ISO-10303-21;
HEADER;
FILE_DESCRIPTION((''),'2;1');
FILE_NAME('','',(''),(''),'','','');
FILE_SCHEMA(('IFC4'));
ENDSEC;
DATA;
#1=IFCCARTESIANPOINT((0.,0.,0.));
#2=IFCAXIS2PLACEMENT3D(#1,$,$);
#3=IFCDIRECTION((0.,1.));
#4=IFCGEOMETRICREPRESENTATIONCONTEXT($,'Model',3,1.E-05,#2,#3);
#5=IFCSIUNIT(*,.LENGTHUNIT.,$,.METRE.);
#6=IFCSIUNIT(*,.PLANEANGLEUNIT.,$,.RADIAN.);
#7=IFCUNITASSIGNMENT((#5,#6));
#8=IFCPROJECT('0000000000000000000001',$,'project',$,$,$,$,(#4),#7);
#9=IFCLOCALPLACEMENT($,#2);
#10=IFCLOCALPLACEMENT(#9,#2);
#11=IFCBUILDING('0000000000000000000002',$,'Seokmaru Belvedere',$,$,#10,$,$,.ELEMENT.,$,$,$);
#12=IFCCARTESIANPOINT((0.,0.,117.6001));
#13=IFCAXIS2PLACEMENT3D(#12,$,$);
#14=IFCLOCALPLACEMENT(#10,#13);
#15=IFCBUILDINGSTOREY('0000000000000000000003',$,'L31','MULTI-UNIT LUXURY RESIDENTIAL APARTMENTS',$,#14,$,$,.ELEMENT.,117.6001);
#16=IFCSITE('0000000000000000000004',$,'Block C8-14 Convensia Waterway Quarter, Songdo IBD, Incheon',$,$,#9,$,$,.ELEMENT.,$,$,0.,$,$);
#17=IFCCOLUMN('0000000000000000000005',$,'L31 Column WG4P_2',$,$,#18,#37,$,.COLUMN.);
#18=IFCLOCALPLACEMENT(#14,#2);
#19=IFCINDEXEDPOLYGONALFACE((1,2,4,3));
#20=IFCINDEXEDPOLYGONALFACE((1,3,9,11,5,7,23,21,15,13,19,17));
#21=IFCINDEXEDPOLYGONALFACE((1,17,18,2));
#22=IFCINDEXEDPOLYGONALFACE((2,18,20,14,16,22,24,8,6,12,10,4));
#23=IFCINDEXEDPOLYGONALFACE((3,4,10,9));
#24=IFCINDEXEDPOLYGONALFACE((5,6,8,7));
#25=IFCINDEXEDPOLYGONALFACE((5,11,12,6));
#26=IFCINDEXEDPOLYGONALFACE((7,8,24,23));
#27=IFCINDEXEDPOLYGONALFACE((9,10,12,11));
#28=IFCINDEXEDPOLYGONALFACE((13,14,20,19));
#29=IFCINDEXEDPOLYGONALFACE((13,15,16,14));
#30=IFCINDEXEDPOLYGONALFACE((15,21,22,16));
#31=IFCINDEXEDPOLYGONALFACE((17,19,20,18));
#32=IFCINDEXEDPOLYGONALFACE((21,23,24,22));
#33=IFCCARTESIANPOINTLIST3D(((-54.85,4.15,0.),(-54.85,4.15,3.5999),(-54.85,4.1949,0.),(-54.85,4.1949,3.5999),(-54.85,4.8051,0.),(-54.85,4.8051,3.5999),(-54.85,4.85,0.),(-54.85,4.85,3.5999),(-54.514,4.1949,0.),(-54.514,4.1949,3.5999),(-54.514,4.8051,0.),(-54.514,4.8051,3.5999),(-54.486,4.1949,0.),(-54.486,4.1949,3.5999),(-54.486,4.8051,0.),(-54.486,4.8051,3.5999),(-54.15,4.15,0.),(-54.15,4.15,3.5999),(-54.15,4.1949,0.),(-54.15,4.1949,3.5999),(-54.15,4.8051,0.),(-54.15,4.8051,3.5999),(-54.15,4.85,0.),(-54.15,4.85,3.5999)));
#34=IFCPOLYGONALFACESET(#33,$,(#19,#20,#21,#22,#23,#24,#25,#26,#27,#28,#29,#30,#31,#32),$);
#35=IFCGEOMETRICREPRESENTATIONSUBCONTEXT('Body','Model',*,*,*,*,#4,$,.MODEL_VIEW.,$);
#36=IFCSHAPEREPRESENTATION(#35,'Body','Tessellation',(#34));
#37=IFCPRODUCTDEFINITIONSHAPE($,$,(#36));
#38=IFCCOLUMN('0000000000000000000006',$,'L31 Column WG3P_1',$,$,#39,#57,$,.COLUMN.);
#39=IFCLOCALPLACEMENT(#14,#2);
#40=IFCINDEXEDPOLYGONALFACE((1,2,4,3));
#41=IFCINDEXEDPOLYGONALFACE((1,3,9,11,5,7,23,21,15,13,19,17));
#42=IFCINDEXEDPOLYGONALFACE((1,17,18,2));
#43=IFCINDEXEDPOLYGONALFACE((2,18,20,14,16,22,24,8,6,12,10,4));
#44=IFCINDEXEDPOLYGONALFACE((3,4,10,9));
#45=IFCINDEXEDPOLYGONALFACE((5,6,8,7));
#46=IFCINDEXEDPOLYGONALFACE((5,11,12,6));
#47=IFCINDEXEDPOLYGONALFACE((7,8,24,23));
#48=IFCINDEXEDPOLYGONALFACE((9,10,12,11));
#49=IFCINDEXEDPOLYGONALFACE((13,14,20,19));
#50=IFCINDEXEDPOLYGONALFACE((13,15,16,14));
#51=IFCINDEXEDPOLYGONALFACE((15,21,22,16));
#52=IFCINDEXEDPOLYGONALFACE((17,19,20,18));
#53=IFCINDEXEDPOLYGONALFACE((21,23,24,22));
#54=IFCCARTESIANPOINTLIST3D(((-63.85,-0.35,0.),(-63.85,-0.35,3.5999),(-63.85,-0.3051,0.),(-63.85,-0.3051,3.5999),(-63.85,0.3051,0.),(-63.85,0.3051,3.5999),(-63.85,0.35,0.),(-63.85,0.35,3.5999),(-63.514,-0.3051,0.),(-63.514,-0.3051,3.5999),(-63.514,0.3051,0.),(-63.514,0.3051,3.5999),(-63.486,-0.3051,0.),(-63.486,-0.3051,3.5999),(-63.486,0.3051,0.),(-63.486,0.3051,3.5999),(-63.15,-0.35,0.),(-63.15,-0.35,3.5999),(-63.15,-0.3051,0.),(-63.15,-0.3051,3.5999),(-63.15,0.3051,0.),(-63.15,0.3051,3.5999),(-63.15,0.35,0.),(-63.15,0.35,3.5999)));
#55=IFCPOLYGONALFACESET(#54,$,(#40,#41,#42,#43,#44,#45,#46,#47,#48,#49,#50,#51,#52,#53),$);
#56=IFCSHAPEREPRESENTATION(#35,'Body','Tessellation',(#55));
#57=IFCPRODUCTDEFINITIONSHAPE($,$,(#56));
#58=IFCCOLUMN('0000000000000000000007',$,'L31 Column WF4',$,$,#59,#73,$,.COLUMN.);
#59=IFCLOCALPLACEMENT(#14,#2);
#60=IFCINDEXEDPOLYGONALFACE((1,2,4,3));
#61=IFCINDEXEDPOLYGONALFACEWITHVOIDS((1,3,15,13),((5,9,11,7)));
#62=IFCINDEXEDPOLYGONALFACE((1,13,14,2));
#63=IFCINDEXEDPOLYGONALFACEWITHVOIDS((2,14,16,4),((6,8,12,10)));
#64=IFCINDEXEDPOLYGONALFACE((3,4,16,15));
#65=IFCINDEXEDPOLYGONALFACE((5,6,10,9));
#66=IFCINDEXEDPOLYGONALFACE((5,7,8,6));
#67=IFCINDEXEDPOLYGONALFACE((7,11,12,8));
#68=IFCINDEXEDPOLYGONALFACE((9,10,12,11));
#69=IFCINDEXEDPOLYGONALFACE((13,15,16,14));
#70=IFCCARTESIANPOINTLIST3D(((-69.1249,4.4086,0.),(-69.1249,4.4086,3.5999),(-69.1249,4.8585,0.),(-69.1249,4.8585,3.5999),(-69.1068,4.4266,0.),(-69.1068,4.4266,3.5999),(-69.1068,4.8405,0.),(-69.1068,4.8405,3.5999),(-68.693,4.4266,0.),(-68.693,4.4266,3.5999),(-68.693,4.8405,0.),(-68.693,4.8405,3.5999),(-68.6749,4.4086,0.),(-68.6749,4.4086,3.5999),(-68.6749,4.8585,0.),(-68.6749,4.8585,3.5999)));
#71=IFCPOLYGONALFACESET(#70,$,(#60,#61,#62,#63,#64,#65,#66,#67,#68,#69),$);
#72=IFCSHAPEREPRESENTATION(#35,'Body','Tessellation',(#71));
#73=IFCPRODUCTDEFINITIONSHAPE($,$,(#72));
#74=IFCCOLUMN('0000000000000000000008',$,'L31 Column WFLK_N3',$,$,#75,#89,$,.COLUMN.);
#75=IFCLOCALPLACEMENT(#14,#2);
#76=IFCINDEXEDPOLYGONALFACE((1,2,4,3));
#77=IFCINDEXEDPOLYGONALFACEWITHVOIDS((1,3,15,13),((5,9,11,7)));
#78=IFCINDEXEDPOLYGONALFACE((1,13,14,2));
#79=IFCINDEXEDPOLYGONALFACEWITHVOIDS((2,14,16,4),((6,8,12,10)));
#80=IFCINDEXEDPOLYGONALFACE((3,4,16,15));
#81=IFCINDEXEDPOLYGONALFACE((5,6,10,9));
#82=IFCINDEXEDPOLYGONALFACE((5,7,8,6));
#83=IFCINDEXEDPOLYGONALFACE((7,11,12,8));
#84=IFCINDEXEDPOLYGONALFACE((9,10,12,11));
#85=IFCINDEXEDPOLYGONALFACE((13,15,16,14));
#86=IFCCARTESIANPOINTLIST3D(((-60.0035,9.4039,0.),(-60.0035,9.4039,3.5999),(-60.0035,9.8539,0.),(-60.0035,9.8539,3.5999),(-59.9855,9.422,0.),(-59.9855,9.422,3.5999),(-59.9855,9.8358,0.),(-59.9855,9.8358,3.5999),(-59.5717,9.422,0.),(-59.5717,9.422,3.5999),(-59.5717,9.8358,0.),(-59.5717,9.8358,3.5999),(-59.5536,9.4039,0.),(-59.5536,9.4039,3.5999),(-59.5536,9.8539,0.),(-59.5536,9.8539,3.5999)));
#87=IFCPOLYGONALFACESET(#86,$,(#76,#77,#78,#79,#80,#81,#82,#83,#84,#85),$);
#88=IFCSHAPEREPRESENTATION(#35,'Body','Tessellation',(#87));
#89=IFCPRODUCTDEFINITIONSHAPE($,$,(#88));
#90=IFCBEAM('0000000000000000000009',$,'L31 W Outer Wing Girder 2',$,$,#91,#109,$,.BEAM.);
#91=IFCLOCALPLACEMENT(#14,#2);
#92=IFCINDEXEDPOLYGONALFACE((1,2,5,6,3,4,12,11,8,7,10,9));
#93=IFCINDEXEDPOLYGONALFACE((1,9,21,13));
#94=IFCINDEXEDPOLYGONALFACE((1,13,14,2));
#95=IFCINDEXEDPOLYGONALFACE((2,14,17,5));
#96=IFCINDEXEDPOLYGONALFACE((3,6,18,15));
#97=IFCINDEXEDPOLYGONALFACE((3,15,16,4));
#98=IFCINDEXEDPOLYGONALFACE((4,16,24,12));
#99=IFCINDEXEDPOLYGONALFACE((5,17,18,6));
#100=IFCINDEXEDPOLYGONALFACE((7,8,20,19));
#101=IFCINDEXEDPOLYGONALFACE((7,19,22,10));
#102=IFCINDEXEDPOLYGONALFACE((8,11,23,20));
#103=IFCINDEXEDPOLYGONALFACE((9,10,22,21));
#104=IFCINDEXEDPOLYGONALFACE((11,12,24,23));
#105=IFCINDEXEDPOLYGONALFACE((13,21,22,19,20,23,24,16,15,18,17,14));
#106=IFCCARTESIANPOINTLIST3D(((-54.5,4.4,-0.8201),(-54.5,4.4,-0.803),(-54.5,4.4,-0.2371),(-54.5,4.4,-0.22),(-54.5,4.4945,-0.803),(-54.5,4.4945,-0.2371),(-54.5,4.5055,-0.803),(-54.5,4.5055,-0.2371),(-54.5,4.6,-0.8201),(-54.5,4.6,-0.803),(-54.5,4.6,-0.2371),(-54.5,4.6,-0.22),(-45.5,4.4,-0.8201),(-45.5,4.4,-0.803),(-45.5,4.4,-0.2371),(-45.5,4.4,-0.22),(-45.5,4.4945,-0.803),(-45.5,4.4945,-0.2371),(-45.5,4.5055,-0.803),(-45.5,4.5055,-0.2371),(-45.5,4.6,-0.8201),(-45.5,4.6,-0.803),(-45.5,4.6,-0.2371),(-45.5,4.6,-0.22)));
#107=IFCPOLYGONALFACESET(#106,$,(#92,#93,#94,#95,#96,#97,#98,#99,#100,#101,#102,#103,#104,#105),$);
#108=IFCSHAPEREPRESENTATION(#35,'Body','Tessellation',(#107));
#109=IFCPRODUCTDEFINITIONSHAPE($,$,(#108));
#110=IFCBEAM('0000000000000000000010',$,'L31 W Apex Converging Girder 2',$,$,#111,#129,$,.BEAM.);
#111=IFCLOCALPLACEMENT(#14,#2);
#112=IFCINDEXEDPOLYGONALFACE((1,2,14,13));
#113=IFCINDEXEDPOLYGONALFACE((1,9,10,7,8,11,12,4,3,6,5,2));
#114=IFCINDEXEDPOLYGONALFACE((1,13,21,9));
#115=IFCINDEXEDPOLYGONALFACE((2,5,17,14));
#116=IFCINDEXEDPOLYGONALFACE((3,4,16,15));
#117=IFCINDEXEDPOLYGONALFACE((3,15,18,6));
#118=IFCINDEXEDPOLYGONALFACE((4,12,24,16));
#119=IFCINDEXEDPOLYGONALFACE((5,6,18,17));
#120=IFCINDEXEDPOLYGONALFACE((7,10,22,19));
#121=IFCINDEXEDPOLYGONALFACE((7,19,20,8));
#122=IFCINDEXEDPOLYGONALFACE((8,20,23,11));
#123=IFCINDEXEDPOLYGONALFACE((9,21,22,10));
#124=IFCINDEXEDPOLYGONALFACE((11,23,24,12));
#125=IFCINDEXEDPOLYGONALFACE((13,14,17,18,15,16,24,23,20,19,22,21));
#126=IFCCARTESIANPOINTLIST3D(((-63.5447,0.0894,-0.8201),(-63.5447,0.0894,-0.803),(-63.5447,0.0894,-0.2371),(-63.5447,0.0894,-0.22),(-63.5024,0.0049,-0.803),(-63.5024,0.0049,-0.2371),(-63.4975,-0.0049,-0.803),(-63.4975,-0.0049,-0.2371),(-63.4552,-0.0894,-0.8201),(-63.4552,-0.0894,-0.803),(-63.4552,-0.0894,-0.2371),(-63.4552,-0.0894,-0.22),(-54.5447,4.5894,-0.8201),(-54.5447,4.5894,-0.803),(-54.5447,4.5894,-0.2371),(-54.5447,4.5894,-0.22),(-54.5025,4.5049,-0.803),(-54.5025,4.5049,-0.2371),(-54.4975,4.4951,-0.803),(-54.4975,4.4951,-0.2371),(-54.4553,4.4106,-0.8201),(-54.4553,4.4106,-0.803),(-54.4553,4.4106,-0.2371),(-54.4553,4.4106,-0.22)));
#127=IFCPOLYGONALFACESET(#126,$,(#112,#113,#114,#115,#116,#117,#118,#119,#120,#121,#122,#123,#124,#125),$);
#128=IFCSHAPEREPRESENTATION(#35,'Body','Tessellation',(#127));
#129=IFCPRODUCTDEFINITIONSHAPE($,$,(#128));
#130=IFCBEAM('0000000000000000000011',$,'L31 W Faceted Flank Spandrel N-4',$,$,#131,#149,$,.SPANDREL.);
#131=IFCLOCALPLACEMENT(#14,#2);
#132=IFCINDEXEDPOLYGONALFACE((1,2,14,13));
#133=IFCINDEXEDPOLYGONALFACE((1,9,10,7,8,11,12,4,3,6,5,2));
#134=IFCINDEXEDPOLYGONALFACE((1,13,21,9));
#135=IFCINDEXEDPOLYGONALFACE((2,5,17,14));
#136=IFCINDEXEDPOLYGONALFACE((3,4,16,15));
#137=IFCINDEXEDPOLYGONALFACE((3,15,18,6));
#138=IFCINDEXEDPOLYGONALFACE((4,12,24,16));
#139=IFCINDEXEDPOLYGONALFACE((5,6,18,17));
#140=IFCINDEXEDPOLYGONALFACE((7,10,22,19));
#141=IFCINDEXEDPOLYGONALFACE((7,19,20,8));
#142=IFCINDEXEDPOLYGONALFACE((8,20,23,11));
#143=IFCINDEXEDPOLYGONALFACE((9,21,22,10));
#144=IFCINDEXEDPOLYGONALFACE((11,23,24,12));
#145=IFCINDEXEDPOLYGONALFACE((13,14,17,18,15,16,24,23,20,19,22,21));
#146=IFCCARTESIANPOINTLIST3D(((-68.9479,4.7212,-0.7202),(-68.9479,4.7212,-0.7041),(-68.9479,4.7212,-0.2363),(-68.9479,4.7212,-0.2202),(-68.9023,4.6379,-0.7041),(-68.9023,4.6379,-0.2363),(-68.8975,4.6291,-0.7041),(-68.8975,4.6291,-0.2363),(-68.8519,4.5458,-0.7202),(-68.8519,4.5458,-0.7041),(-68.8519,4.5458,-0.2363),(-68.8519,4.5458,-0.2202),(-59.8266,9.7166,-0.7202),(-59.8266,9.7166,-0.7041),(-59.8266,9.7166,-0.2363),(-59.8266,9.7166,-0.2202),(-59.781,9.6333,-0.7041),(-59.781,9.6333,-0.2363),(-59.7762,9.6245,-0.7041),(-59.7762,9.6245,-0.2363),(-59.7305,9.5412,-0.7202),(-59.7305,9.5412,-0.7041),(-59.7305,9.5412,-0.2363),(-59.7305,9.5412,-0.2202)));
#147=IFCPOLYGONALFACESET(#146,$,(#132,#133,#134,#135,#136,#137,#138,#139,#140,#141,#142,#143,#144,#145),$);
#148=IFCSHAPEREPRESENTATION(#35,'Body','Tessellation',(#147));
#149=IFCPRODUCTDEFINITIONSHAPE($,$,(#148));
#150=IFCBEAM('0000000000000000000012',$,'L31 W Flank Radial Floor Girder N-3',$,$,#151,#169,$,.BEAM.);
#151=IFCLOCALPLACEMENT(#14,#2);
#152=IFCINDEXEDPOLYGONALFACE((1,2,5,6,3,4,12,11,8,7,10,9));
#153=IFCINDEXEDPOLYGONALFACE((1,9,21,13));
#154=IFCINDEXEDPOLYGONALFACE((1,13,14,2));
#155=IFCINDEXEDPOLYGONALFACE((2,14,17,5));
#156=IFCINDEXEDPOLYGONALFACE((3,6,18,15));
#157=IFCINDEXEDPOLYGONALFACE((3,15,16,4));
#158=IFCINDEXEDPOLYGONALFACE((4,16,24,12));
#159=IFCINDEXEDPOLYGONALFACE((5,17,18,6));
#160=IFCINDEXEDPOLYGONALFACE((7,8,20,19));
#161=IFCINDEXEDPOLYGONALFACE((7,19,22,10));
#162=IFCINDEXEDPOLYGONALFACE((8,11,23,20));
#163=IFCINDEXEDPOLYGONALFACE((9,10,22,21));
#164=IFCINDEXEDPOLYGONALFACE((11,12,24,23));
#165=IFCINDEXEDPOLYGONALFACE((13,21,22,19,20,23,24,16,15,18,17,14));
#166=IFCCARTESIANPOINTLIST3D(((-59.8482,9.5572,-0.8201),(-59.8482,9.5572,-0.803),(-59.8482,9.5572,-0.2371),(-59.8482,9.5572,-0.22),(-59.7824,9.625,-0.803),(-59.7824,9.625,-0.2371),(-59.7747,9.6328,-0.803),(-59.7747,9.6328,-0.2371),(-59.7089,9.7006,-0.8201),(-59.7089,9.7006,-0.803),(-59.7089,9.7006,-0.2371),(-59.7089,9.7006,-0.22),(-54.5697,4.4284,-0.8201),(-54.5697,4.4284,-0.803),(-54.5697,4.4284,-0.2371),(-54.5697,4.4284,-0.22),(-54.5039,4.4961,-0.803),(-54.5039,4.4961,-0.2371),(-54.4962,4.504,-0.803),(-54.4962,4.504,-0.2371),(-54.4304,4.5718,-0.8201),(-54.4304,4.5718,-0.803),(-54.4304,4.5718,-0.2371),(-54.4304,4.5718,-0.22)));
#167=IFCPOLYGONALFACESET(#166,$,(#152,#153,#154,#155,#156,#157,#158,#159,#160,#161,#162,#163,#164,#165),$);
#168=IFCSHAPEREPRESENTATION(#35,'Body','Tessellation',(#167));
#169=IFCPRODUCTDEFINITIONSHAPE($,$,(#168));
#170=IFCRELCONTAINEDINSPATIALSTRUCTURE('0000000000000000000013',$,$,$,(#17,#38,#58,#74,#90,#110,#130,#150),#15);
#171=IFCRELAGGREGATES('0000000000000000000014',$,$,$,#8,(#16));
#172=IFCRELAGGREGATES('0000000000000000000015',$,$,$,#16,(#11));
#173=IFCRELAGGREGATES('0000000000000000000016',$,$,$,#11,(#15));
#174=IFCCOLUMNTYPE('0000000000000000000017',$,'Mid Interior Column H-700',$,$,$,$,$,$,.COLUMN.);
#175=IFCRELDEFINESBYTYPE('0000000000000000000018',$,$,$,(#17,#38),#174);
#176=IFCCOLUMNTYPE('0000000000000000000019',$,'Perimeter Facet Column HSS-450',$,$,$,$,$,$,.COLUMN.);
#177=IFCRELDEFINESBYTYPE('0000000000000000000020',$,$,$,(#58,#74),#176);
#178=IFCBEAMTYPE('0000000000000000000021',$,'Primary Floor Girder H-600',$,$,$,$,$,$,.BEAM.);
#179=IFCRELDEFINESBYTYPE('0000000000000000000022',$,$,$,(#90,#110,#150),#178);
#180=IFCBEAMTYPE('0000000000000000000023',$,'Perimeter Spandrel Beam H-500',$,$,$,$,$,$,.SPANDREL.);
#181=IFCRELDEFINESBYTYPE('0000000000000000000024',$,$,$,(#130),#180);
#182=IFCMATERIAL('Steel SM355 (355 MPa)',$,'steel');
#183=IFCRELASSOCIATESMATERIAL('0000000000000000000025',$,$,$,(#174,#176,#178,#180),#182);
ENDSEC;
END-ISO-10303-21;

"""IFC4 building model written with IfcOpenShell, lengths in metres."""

from ifc_helpers import new_model, si_unit, direction, frame, origin, origin_2d, place, context, subcontext, project, spatial, hollow_rectangle, i_section, extrude, source, transform, mapped, material, material_profile, profile_set, type_object, type_shapes, element, save


model = new_model("IFC4")

# Units and contexts
model_context = context("Model", 3, precision=1e-05, world=origin(), true_north=direction((0.0, 1.0)))
body_context = subcontext(model_context, "Body", "Model", "MODEL_VIEW")
ifc_project = project(units=[si_unit("LENGTHUNIT", "METRE"), si_unit("PLANEANGLEUNIT", "RADIAN")], contexts=[model_context])

# Site, building, storey
site_placement = place(None, origin())
site = spatial("IfcSite", under=ifc_project, at=site_placement, Name="Block C8-14 Convensia Waterway Quarter, Songdo IBD, Incheon", CompositionType="ELEMENT", RefElevation=0.0)
building_placement = place(site_placement, origin())
building = spatial("IfcBuilding", under=site, at=building_placement, Name="Seokmaru Belvedere", CompositionType="ELEMENT")
storey_placement = place(building_placement, frame((0.0, 0.0, 117.6001)))
storey = spatial("IfcBuildingStorey", under=building, at=storey_placement, Name="L31", Description="MULTI-UNIT LUXURY RESIDENTIAL APARTMENTS", CompositionType="ELEMENT", Elevation=117.6001)

# Columns
ifc_material_1 = material(Name="Steel SM355 (355 MPa)", Category="steel")
ifc_material_profile_1 = material_profile(ifc_material_1, i_section(OverallWidth=0.7, OverallDepth=0.7, WebThickness=0.0281, FlangeThickness=0.0449, at=origin_2d()), Name="H-700x700x28x45")
ifc_profile_set_1 = profile_set([ifc_material_profile_1], Name="Steel SM355 (355 MPa)")
column_type_1 = type_object("IfcColumnType", Name="Mid Interior Column H-700", PredefinedType="COLUMN", material=ifc_profile_set_1)
shared_shape_1 = source(origin(), body_context, "Body", "SweptSolid", [
    extrude(i_section(OverallWidth=0.7, OverallDepth=0.7, WebThickness=0.0281, FlangeThickness=0.0449, at=origin_2d()), origin(), (0.0, 0.0, 1.0), 3.5999),
])
type_shapes(column_type_1, [shared_shape_1])
for number, where, z_axis, x_axis, name in (
    (1, (-54.5, 4.5, 0.0), (0.0, 0.0, 1.0), (1.0, 0.0, 0.0), "L31 Column WG4P_2"),
    (2, (-63.5, 0.0, 0.0), (0.0, 0.0, 1.0), (1.0, 0.0, 0.0), "L31 Column WG3P_1"),
):
    element("IfcColumn", number, at=place(storey_placement, frame(where, z_axis=z_axis, x_axis=x_axis)), inside=storey, type_object=column_type_1, Name=name, PredefinedType="COLUMN", context=body_context, shape_type="MappedRepresentation", body=[
        mapped(shared_shape_1, transform((0.0, 0.0, 0.0), scale=1.0)),
    ])
ifc_material_profile_2 = material_profile(ifc_material_1, hollow_rectangle(XDim=0.45, YDim=0.45, WallThickness=0.0181, at=origin_2d()), Name="HSS-450x450x18")
ifc_profile_set_2 = profile_set([ifc_material_profile_2], Name="Steel SM355 (355 MPa)")
column_type_2 = type_object("IfcColumnType", Name="Perimeter Facet Column HSS-450", PredefinedType="COLUMN", material=ifc_profile_set_2)
shared_shape_2 = source(origin(), body_context, "Body", "SweptSolid", [
    extrude(hollow_rectangle(XDim=0.45, YDim=0.45, WallThickness=0.0181, at=origin_2d()), origin(), (0.0, 0.0, 1.0), 3.5999),
])
type_shapes(column_type_2, [shared_shape_2])
for number, where, z_axis, x_axis, name in (
    (3, (-68.8999, 4.6335, 0.0), (0.0, 0.0, 1.0), (1.0, 0.0, 0.0), "L31 Column WF4"),
    (4, (-59.7786, 9.6289, 0.0), (0.0, 0.0, 1.0), (1.0, 0.0, 0.0), "L31 Column WFLK_N3"),
):
    element("IfcColumn", number, at=place(storey_placement, frame(where, z_axis=z_axis, x_axis=x_axis)), inside=storey, type_object=column_type_2, Name=name, PredefinedType="COLUMN", context=body_context, shape_type="MappedRepresentation", body=[
        mapped(shared_shape_2, transform((0.0, 0.0, 0.0), scale=1.0)),
    ])

# Beams
ifc_material_profile_3 = material_profile(ifc_material_1, i_section(OverallWidth=0.2, OverallDepth=0.6001, WebThickness=0.011, FlangeThickness=0.0171, at=origin_2d()), Name="H-600x200x11x17")
ifc_profile_set_3 = profile_set([ifc_material_profile_3], Name="Steel SM355 (355 MPa)")
beam_type_1 = type_object("IfcBeamType", Name="Primary Floor Girder H-600", PredefinedType="BEAM", material=ifc_profile_set_3)
shared_shape_3 = source(origin(), body_context, "Body", "SweptSolid", [
    extrude(i_section(OverallWidth=0.2, OverallDepth=0.6001, WebThickness=0.011, FlangeThickness=0.0171, at=origin_2d()), origin(), (0.0, 0.0, 1.0), 9.0),
])
beam_1_placement = place(storey_placement, frame((-54.5, 4.5, -0.52), z_axis=(1.0, 0.0, 0.0), x_axis=(0.0, 1.0, 0.0)))
element("IfcBeam", 5, at=beam_1_placement, inside=storey, type_object=beam_type_1, Name="L31 W Outer Wing Girder 2", PredefinedType="BEAM", context=body_context, shape_type="MappedRepresentation", body=[
    mapped(shared_shape_3, transform((0.0, 0.0, 0.0), scale=1.0)),
])
shared_shape_4 = source(origin(), body_context, "Body", "SweptSolid", [
    extrude(i_section(OverallWidth=0.2, OverallDepth=0.6001, WebThickness=0.011, FlangeThickness=0.0171, at=origin_2d()), origin(), (0.0, 0.0, 1.0), 10.0623),
])
beam_2_placement = place(storey_placement, frame((-54.5, 4.5, -0.52), z_axis=(-0.894427, -0.447214, 0.0), x_axis=(0.447214, -0.894427, 0.0)))
element("IfcBeam", 6, at=beam_2_placement, inside=storey, type_object=beam_type_1, Name="L31 W Apex Converging Girder 2", PredefinedType="BEAM", context=body_context, shape_type="MappedRepresentation", body=[
    mapped(shared_shape_4, transform((0.0, 0.0, 0.0), scale=1.0)),
])
ifc_material_profile_4 = material_profile(ifc_material_1, i_section(OverallWidth=0.2, OverallDepth=0.5, WebThickness=0.01, FlangeThickness=0.0161, at=origin_2d()), Name="H-500x200x10x16")
ifc_profile_set_4 = profile_set([ifc_material_profile_4], Name="Steel SM355 (355 MPa)")
beam_type_2 = type_object("IfcBeamType", Name="Perimeter Spandrel Beam H-500", PredefinedType="SPANDREL", material=ifc_profile_set_4)
shared_shape_5 = source(origin(), body_context, "Body", "SweptSolid", [
    extrude(i_section(OverallWidth=0.2, OverallDepth=0.5, WebThickness=0.01, FlangeThickness=0.0161, at=origin_2d()), origin(), (0.0, 0.0, 1.0), 10.3997),
])
type_shapes(beam_type_2, [shared_shape_5])
beam_3_placement = place(storey_placement, frame((-59.7786, 9.6289, -0.4702), z_axis=(-0.877082, -0.48034, 0.0), x_axis=(0.48034, -0.877082, 0.0)))
element("IfcBeam", 7, at=beam_3_placement, inside=storey, type_object=beam_type_2, Name="L31 W Faceted Flank Spandrel N-4", PredefinedType="SPANDREL", context=body_context, shape_type="MappedRepresentation", body=[
    mapped(shared_shape_5, transform((0.0, 0.0, 0.0), scale=1.0)),
])
shared_shape_6 = source(origin(), body_context, "Body", "SweptSolid", [
    extrude(i_section(OverallWidth=0.2, OverallDepth=0.6001, WebThickness=0.011, FlangeThickness=0.0171, at=origin_2d()), origin(), (0.0, 0.0, 1.0), 7.3599),
])
beam_4_placement = place(storey_placement, frame((-59.7786, 9.6289, -0.52), z_axis=(0.717201, -0.696867, 0.0), x_axis=(0.696867, 0.717201, 0.0)))
element("IfcBeam", 8, at=beam_4_placement, inside=storey, type_object=beam_type_1, Name="L31 W Flank Radial Floor Girder N-3", PredefinedType="BEAM", context=body_context, shape_type="MappedRepresentation", body=[
    mapped(shared_shape_6, transform((0.0, 0.0, 0.0), scale=1.0)),
])

save(model, "model.ifc")
